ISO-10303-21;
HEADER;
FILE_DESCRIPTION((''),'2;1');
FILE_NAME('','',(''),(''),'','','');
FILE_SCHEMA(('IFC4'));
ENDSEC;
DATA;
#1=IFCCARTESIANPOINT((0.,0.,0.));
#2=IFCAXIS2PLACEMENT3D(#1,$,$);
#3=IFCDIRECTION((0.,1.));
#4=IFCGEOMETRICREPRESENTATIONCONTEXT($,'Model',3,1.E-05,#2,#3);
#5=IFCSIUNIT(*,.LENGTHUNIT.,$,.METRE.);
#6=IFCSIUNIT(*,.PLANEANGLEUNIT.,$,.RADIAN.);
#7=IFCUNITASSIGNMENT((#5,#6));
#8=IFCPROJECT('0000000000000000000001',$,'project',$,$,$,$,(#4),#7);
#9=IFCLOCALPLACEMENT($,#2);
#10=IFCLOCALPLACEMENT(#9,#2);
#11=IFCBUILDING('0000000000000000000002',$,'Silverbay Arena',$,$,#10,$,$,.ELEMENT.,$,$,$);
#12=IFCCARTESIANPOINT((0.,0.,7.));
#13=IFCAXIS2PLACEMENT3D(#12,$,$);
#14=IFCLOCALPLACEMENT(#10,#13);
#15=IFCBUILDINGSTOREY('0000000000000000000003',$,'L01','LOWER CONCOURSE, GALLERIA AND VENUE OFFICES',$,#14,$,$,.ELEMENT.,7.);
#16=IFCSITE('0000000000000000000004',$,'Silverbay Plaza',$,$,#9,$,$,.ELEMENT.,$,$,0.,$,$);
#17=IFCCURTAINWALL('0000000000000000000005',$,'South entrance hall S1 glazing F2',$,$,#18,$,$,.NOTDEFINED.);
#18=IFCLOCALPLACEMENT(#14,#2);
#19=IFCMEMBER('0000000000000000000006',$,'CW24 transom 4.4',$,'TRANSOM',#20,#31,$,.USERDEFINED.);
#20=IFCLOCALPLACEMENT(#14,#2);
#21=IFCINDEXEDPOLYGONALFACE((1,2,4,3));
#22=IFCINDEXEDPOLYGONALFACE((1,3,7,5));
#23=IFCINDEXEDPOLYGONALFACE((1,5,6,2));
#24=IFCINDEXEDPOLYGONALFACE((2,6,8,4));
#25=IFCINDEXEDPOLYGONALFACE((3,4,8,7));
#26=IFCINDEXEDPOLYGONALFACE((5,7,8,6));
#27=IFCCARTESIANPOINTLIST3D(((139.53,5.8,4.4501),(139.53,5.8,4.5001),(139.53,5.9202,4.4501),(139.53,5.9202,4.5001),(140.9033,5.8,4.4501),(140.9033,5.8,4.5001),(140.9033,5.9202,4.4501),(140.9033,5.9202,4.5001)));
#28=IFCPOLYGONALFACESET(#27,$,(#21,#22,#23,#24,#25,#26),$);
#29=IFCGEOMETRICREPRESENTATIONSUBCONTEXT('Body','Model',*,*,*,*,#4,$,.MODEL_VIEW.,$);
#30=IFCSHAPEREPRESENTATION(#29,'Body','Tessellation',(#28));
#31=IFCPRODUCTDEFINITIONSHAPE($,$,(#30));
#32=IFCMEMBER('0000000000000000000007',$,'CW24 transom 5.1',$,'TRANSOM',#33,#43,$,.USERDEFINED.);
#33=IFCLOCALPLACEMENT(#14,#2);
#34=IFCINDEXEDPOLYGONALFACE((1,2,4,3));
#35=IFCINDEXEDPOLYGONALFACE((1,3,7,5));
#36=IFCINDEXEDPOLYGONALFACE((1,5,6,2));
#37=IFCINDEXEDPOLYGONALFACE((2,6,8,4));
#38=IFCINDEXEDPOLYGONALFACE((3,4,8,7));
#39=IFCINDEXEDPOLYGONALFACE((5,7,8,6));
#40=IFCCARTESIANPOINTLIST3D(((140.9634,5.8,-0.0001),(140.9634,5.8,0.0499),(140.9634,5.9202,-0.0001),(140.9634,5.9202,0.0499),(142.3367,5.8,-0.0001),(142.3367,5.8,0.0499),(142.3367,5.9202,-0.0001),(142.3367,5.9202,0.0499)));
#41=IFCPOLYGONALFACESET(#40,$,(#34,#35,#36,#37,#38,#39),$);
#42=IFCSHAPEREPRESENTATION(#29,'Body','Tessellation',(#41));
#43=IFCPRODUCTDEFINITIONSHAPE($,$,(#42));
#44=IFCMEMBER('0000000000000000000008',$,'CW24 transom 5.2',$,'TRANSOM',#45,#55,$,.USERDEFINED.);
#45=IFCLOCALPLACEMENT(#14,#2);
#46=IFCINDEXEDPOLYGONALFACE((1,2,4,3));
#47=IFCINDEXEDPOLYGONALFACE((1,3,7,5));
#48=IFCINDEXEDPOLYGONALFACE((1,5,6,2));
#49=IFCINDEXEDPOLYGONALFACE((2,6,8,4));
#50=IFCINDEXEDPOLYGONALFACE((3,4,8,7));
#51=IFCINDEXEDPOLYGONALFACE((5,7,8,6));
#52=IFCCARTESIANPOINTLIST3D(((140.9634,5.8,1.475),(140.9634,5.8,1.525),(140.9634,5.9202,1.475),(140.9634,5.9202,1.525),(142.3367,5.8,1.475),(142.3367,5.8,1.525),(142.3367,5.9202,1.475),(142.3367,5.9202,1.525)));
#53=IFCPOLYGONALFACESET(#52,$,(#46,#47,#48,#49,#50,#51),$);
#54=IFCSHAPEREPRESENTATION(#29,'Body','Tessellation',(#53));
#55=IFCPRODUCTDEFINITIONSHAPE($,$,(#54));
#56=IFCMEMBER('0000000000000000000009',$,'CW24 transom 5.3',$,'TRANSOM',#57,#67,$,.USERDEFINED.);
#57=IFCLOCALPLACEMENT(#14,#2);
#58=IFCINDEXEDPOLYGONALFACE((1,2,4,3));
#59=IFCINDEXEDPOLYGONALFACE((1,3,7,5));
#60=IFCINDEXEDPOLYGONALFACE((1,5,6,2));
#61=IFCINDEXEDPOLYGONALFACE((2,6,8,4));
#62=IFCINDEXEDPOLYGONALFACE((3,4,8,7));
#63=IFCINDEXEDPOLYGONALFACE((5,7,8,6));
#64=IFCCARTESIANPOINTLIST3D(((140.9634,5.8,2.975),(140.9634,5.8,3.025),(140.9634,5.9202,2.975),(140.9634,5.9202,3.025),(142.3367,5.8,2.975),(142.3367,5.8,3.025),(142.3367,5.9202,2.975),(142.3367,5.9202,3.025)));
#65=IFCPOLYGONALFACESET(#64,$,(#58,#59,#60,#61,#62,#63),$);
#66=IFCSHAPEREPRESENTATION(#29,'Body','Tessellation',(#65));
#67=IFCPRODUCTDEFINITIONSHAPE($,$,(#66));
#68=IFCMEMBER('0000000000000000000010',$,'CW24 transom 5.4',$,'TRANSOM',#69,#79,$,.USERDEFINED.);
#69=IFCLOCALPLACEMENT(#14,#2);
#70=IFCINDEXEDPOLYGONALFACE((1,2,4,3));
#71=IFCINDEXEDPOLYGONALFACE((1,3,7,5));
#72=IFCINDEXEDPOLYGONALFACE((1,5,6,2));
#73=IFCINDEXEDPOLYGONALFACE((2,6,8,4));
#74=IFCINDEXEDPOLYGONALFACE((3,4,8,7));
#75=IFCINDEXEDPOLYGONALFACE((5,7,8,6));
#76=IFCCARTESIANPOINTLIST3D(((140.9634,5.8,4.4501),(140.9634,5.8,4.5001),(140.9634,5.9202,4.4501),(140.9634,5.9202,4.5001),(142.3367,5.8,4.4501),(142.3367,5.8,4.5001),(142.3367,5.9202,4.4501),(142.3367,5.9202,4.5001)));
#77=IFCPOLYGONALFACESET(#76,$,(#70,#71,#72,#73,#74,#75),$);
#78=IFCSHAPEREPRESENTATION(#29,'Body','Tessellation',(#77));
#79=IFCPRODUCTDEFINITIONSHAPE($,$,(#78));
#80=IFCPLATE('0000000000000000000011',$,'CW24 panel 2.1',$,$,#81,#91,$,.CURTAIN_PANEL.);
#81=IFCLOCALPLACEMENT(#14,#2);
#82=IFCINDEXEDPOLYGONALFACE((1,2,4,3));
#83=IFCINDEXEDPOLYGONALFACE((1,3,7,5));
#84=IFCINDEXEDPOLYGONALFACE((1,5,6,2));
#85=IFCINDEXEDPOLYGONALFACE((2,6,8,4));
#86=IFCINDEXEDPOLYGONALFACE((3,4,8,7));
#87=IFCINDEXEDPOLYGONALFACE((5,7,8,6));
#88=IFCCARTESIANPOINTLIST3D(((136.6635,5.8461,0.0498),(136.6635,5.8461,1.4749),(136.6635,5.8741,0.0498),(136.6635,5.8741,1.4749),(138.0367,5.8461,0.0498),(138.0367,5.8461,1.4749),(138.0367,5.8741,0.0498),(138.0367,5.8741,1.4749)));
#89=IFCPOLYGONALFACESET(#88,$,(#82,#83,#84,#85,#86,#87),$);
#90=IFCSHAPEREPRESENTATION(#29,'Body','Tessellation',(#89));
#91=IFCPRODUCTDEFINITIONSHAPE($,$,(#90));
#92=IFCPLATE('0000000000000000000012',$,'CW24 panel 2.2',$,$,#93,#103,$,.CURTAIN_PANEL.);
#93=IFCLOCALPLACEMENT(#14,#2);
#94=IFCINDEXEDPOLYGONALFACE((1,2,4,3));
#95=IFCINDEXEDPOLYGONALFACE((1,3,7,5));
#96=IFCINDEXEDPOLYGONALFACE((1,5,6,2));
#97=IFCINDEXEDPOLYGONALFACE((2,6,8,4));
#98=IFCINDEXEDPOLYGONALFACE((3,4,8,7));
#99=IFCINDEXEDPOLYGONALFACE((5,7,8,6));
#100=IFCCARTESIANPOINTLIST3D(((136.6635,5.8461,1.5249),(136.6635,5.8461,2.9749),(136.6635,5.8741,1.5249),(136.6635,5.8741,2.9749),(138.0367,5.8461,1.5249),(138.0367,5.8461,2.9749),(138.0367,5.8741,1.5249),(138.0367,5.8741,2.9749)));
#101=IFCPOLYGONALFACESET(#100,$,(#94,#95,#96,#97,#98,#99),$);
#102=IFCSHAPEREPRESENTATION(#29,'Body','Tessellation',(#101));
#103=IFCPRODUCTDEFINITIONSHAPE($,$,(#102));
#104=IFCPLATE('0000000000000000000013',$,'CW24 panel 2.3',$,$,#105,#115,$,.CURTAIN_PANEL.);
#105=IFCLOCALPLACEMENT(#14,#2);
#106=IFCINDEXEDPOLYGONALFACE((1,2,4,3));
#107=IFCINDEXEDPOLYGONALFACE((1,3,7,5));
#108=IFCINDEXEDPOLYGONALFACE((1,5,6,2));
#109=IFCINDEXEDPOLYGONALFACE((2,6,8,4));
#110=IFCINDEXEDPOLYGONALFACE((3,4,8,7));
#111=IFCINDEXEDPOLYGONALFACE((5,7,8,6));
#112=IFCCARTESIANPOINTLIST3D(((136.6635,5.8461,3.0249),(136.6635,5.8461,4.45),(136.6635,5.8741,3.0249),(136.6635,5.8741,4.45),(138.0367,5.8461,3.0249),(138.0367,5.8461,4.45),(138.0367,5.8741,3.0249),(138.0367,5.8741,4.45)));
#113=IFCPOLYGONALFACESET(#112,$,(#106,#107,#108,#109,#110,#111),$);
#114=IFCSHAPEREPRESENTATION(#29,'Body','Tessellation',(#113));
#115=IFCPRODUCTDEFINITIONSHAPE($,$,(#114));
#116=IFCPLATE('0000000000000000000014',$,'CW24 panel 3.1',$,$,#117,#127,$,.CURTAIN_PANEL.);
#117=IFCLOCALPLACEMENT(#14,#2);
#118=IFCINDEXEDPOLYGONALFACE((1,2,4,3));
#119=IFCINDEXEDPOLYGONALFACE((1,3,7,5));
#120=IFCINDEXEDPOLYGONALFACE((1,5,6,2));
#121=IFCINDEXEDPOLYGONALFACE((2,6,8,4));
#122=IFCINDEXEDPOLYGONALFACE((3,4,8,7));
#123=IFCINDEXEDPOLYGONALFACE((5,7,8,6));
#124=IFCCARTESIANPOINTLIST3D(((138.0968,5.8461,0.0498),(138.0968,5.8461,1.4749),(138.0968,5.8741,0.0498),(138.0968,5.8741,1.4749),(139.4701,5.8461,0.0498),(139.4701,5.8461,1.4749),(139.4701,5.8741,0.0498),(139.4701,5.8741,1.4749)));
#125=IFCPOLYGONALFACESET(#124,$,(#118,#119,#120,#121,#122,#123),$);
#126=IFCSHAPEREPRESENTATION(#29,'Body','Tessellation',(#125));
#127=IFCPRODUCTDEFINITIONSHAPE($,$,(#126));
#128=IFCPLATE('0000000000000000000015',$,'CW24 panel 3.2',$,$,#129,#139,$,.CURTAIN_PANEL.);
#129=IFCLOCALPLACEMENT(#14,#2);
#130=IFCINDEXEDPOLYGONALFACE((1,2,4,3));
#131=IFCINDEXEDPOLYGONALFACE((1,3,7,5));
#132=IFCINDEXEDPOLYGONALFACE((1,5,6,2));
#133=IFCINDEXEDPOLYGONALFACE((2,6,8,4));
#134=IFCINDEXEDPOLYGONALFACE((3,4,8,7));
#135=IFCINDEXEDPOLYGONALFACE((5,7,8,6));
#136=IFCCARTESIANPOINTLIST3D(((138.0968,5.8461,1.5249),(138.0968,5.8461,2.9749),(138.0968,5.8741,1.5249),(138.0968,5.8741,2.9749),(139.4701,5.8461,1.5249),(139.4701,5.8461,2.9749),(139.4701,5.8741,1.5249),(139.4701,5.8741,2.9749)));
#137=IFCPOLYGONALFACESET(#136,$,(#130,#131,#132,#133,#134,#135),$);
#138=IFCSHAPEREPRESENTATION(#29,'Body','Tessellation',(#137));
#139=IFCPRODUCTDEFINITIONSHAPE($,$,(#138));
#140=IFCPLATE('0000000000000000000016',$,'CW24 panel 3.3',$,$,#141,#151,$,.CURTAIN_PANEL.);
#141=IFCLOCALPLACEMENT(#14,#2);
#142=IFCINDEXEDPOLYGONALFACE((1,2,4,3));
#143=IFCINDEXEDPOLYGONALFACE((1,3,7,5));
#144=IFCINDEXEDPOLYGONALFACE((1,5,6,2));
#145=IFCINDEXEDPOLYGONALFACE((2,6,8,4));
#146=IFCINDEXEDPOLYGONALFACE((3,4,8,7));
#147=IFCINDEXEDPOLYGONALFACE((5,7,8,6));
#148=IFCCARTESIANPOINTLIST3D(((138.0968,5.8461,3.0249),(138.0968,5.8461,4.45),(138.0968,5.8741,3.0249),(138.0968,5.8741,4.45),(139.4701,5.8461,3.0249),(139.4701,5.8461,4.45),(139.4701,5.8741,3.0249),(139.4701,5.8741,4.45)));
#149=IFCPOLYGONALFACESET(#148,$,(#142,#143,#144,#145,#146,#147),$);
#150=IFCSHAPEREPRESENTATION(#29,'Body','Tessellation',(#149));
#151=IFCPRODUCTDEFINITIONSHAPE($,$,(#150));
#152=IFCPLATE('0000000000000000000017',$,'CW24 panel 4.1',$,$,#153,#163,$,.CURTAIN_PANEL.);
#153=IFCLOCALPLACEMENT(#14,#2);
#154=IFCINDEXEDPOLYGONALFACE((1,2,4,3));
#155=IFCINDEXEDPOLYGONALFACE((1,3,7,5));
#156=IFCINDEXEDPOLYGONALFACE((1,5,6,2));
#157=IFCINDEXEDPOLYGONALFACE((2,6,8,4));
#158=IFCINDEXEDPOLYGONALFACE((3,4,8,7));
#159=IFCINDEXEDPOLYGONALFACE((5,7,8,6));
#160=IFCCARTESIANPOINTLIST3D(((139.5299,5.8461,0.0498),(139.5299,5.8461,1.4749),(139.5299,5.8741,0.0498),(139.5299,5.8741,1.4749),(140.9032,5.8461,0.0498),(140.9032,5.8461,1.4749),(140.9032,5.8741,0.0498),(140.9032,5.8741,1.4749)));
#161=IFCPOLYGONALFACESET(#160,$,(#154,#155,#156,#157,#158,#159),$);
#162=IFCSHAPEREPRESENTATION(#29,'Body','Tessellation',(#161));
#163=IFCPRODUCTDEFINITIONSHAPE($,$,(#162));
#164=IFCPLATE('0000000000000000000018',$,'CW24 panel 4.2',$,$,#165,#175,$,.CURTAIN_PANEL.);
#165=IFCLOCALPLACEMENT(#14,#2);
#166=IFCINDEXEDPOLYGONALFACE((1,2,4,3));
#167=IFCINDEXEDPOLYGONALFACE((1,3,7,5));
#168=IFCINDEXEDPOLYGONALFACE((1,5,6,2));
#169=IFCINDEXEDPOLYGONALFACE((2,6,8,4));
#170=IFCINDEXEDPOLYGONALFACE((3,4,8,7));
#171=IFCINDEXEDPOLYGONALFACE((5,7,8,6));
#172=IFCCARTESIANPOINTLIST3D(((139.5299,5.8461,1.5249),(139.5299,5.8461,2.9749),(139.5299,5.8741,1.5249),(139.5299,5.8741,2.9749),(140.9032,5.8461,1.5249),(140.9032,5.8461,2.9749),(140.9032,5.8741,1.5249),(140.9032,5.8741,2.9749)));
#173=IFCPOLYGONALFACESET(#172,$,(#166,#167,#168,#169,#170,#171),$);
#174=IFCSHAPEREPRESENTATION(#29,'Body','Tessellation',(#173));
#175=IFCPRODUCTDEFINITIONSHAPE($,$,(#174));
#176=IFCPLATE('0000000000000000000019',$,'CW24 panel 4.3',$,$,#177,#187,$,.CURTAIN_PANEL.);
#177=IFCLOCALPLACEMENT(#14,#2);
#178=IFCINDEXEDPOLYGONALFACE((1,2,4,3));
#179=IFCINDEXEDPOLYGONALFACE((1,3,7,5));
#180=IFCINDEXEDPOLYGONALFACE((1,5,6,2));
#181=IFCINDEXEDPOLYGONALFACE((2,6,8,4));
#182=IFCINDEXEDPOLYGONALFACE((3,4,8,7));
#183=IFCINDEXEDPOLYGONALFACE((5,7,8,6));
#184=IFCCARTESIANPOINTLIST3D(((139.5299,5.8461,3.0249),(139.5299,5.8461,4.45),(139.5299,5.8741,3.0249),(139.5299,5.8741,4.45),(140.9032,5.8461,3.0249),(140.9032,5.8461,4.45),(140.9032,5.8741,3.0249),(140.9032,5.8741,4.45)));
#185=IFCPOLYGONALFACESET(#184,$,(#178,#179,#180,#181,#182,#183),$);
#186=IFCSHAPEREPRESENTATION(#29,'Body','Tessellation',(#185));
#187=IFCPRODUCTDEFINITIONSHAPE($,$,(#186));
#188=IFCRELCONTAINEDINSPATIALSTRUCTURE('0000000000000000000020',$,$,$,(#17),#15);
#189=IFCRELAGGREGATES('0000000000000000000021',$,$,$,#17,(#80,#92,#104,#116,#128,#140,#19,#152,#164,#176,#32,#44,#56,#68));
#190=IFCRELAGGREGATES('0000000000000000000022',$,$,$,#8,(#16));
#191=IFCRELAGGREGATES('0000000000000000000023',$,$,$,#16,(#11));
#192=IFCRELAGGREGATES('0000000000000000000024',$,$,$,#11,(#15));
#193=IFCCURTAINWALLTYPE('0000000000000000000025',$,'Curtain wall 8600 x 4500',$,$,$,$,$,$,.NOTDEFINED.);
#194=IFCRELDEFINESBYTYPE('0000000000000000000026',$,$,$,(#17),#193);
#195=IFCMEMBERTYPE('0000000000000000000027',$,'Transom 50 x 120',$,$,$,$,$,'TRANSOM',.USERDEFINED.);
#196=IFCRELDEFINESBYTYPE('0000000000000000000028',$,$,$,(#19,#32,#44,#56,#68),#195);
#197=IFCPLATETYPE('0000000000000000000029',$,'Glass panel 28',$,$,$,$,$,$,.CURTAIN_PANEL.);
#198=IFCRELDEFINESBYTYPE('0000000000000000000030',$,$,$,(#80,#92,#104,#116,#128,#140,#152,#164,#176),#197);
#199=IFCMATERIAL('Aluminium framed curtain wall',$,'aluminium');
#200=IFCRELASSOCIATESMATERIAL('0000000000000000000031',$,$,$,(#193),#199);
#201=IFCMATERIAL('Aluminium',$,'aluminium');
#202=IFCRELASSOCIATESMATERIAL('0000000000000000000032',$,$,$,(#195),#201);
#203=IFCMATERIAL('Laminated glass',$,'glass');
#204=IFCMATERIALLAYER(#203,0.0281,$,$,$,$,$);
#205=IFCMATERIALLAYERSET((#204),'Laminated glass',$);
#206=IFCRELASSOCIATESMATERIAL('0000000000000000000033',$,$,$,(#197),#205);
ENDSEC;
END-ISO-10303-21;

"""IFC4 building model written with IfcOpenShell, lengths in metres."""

from ifc_helpers import new_model, si_unit, direction, frame, origin, origin_2d, place, context, subcontext, project, spatial, rectangle, extrude, material, layer, layer_set, material_profile, profile_set, type_object, element, aggregate, save


model = new_model("IFC4")

# Units and contexts
model_context = context("Model", 3, precision=1e-05, world=origin(), true_north=direction((0.0, 1.0)))
body_context = subcontext(model_context, "Body", "Model", "MODEL_VIEW")
ifc_project = project(units=[si_unit("LENGTHUNIT", "METRE"), si_unit("PLANEANGLEUNIT", "RADIAN")], contexts=[model_context])

# Site, building, storey
site_placement = place(None, origin())
site = spatial("IfcSite", under=ifc_project, at=site_placement, Name="Silverbay Plaza", CompositionType="ELEMENT", RefElevation=0.0)
building_placement = place(site_placement, origin())
building = spatial("IfcBuilding", under=site, at=building_placement, Name="Silverbay Arena", CompositionType="ELEMENT")
storey_placement = place(building_placement, frame((0.0, 0.0, 7.0)))
storey = spatial("IfcBuildingStorey", under=building, at=storey_placement, Name="L01", Description="LOWER CONCOURSE, GALLERIA AND VENUE OFFICES", CompositionType="ELEMENT", Elevation=7.0)

# Curtain wall, members, plates
ifc_material_1 = material(Name="Aluminium framed curtain wall", Category="aluminium")
curtain_wall_type = type_object("IfcCurtainWallType", Name="Curtain wall 8600 x 4500", PredefinedType="NOTDEFINED", material=ifc_material_1)
curtain_wall_placement = place(storey_placement, origin())
curtain_wall = element("IfcCurtainWall", 1, at=curtain_wall_placement, inside=storey, type_object=curtain_wall_type, Name="South entrance hall S1 glazing F2", PredefinedType="NOTDEFINED")
ifc_material_2 = material(Name="Aluminium", Category="aluminium")
ifc_material_profile_1 = material_profile(ifc_material_2, rectangle(XDim=0.1201, YDim=0.05, at=origin_2d()), Name="Transom 50 x 120")
ifc_profile_set_1 = profile_set([ifc_material_profile_1], Name="Aluminium")
member_type_1 = type_object("IfcMemberType", Name="Transom 50 x 120", ElementType="TRANSOM", PredefinedType="USERDEFINED", material=ifc_profile_set_1)
member_1_placement = place(storey_placement, frame((139.53, 5.8601, 4.4751), z_axis=(1.0, 0.0, 0.0), x_axis=(0.0, 1.0, 0.0)))
member_1 = element("IfcMember", 2, at=member_1_placement, type_object=member_type_1, Name="CW24 transom 4.4", ObjectType="TRANSOM", PredefinedType="USERDEFINED", context=body_context, shape_type="SweptSolid", body=[
    extrude(rectangle(XDim=0.1201, YDim=0.05, at=origin_2d()), origin(), (0.0, 0.0, 1.0), 1.3733),
])
member_2_placement = place(storey_placement, frame((140.9634, 5.8601, 0.0249), z_axis=(1.0, 0.0, 0.0), x_axis=(0.0, 1.0, 0.0)))
member_2 = element("IfcMember", 3, at=member_2_placement, type_object=member_type_1, Name="CW24 transom 5.1", ObjectType="TRANSOM", PredefinedType="USERDEFINED", context=body_context, shape_type="SweptSolid", body=[
    extrude(rectangle(XDim=0.1201, YDim=0.05, at=origin_2d()), origin(), (0.0, 0.0, 1.0), 1.3733),
])
member_3_placement = place(storey_placement, frame((140.9634, 5.8601, 1.5), z_axis=(1.0, 0.0, 0.0), x_axis=(0.0, 1.0, 0.0)))
member_3 = element("IfcMember", 4, at=member_3_placement, type_object=member_type_1, Name="CW24 transom 5.2", ObjectType="TRANSOM", PredefinedType="USERDEFINED", context=body_context, shape_type="SweptSolid", body=[
    extrude(rectangle(XDim=0.1201, YDim=0.05, at=origin_2d()), origin(), (0.0, 0.0, 1.0), 1.3733),
])
member_4_placement = place(storey_placement, frame((140.9634, 5.8601, 3.0), z_axis=(1.0, 0.0, 0.0), x_axis=(0.0, 1.0, 0.0)))
member_4 = element("IfcMember", 5, at=member_4_placement, type_object=member_type_1, Name="CW24 transom 5.3", ObjectType="TRANSOM", PredefinedType="USERDEFINED", context=body_context, shape_type="SweptSolid", body=[
    extrude(rectangle(XDim=0.1201, YDim=0.05, at=origin_2d()), origin(), (0.0, 0.0, 1.0), 1.3733),
])
member_5_placement = place(storey_placement, frame((140.9634, 5.8601, 4.4751), z_axis=(1.0, 0.0, 0.0), x_axis=(0.0, 1.0, 0.0)))
member_5 = element("IfcMember", 6, at=member_5_placement, type_object=member_type_1, Name="CW24 transom 5.4", ObjectType="TRANSOM", PredefinedType="USERDEFINED", context=body_context, shape_type="SweptSolid", body=[
    extrude(rectangle(XDim=0.1201, YDim=0.05, at=origin_2d()), origin(), (0.0, 0.0, 1.0), 1.3733),
])
ifc_material_3 = material(Name="Laminated glass", Category="glass")
ifc_layer_1 = layer(ifc_material_3, 0.0281)
ifc_layer_set_1 = layer_set([ifc_layer_1], Name="Laminated glass")
plate_type = type_object("IfcPlateType", Name="Glass panel 28", PredefinedType="CURTAIN_PANEL", material=ifc_layer_set_1)
plate_1_placement = place(storey_placement, frame((137.3501, 5.8601, 0.0498), z_axis=(0.0, 0.0, 1.0), x_axis=(1.0, 0.0, 0.0)))
plate_1 = element("IfcPlate", 7, at=plate_1_placement, type_object=plate_type, Name="CW24 panel 2.1", PredefinedType="CURTAIN_PANEL", context=body_context, shape_type="SweptSolid", body=[
    extrude(rectangle(XDim=1.3733, YDim=0.0281, at=origin_2d()), origin(), (0.0, 0.0, 1.0), 1.425),
])
plate_2_placement = place(storey_placement, frame((137.3501, 5.8601, 1.5249), z_axis=(0.0, 0.0, 1.0), x_axis=(1.0, 0.0, 0.0)))
plate_2 = element("IfcPlate", 8, at=plate_2_placement, type_object=plate_type, Name="CW24 panel 2.2", PredefinedType="CURTAIN_PANEL", context=body_context, shape_type="SweptSolid", body=[
    extrude(rectangle(XDim=1.3733, YDim=0.0281, at=origin_2d()), origin(), (0.0, 0.0, 1.0), 1.45),
])
plate_3_placement = place(storey_placement, frame((137.3501, 5.8601, 3.0249), z_axis=(0.0, 0.0, 1.0), x_axis=(1.0, 0.0, 0.0)))
plate_3 = element("IfcPlate", 9, at=plate_3_placement, type_object=plate_type, Name="CW24 panel 2.3", PredefinedType="CURTAIN_PANEL", context=body_context, shape_type="SweptSolid", body=[
    extrude(rectangle(XDim=1.3733, YDim=0.0281, at=origin_2d()), origin(), (0.0, 0.0, 1.0), 1.425),
])
plate_4_placement = place(storey_placement, frame((138.7834, 5.8601, 0.0498), z_axis=(0.0, 0.0, 1.0), x_axis=(1.0, 0.0, 0.0)))
plate_4 = element("IfcPlate", 10, at=plate_4_placement, type_object=plate_type, Name="CW24 panel 3.1", PredefinedType="CURTAIN_PANEL", context=body_context, shape_type="SweptSolid", body=[
    extrude(rectangle(XDim=1.3733, YDim=0.0281, at=origin_2d()), origin(), (0.0, 0.0, 1.0), 1.425),
])
plate_5_placement = place(storey_placement, frame((138.7834, 5.8601, 1.5249), z_axis=(0.0, 0.0, 1.0), x_axis=(1.0, 0.0, 0.0)))
plate_5 = element("IfcPlate", 11, at=plate_5_placement, type_object=plate_type, Name="CW24 panel 3.2", PredefinedType="CURTAIN_PANEL", context=body_context, shape_type="SweptSolid", body=[
    extrude(rectangle(XDim=1.3733, YDim=0.0281, at=origin_2d()), origin(), (0.0, 0.0, 1.0), 1.45),
])
plate_6_placement = place(storey_placement, frame((138.7834, 5.8601, 3.0249), z_axis=(0.0, 0.0, 1.0), x_axis=(1.0, 0.0, 0.0)))
plate_6 = element("IfcPlate", 12, at=plate_6_placement, type_object=plate_type, Name="CW24 panel 3.3", PredefinedType="CURTAIN_PANEL", context=body_context, shape_type="SweptSolid", body=[
    extrude(rectangle(XDim=1.3733, YDim=0.0281, at=origin_2d()), origin(), (0.0, 0.0, 1.0), 1.425),
])
plate_7_placement = place(storey_placement, frame((140.2166, 5.8601, 0.0498), z_axis=(0.0, 0.0, 1.0), x_axis=(1.0, 0.0, 0.0)))
plate_7 = element("IfcPlate", 13, at=plate_7_placement, type_object=plate_type, Name="CW24 panel 4.1", PredefinedType="CURTAIN_PANEL", context=body_context, shape_type="SweptSolid", body=[
    extrude(rectangle(XDim=1.3733, YDim=0.0281, at=origin_2d()), origin(), (0.0, 0.0, 1.0), 1.425),
])
plate_8_placement = place(storey_placement, frame((140.2166, 5.8601, 1.5249), z_axis=(0.0, 0.0, 1.0), x_axis=(1.0, 0.0, 0.0)))
plate_8 = element("IfcPlate", 14, at=plate_8_placement, type_object=plate_type, Name="CW24 panel 4.2", PredefinedType="CURTAIN_PANEL", context=body_context, shape_type="SweptSolid", body=[
    extrude(rectangle(XDim=1.3733, YDim=0.0281, at=origin_2d()), origin(), (0.0, 0.0, 1.0), 1.45),
])
plate_9_placement = place(storey_placement, frame((140.2166, 5.8601, 3.0249), z_axis=(0.0, 0.0, 1.0), x_axis=(1.0, 0.0, 0.0)))
plate_9 = element("IfcPlate", 15, at=plate_9_placement, type_object=plate_type, Name="CW24 panel 4.3", PredefinedType="CURTAIN_PANEL", context=body_context, shape_type="SweptSolid", body=[
    extrude(rectangle(XDim=1.3733, YDim=0.0281, at=origin_2d()), origin(), (0.0, 0.0, 1.0), 1.425),
])
aggregate(curtain_wall, [plate_1, plate_2, plate_3, plate_4, plate_5, plate_6, member_1, plate_7, plate_8, plate_9, member_2, member_3, member_4, member_5])

save(model, "model.ifc")
